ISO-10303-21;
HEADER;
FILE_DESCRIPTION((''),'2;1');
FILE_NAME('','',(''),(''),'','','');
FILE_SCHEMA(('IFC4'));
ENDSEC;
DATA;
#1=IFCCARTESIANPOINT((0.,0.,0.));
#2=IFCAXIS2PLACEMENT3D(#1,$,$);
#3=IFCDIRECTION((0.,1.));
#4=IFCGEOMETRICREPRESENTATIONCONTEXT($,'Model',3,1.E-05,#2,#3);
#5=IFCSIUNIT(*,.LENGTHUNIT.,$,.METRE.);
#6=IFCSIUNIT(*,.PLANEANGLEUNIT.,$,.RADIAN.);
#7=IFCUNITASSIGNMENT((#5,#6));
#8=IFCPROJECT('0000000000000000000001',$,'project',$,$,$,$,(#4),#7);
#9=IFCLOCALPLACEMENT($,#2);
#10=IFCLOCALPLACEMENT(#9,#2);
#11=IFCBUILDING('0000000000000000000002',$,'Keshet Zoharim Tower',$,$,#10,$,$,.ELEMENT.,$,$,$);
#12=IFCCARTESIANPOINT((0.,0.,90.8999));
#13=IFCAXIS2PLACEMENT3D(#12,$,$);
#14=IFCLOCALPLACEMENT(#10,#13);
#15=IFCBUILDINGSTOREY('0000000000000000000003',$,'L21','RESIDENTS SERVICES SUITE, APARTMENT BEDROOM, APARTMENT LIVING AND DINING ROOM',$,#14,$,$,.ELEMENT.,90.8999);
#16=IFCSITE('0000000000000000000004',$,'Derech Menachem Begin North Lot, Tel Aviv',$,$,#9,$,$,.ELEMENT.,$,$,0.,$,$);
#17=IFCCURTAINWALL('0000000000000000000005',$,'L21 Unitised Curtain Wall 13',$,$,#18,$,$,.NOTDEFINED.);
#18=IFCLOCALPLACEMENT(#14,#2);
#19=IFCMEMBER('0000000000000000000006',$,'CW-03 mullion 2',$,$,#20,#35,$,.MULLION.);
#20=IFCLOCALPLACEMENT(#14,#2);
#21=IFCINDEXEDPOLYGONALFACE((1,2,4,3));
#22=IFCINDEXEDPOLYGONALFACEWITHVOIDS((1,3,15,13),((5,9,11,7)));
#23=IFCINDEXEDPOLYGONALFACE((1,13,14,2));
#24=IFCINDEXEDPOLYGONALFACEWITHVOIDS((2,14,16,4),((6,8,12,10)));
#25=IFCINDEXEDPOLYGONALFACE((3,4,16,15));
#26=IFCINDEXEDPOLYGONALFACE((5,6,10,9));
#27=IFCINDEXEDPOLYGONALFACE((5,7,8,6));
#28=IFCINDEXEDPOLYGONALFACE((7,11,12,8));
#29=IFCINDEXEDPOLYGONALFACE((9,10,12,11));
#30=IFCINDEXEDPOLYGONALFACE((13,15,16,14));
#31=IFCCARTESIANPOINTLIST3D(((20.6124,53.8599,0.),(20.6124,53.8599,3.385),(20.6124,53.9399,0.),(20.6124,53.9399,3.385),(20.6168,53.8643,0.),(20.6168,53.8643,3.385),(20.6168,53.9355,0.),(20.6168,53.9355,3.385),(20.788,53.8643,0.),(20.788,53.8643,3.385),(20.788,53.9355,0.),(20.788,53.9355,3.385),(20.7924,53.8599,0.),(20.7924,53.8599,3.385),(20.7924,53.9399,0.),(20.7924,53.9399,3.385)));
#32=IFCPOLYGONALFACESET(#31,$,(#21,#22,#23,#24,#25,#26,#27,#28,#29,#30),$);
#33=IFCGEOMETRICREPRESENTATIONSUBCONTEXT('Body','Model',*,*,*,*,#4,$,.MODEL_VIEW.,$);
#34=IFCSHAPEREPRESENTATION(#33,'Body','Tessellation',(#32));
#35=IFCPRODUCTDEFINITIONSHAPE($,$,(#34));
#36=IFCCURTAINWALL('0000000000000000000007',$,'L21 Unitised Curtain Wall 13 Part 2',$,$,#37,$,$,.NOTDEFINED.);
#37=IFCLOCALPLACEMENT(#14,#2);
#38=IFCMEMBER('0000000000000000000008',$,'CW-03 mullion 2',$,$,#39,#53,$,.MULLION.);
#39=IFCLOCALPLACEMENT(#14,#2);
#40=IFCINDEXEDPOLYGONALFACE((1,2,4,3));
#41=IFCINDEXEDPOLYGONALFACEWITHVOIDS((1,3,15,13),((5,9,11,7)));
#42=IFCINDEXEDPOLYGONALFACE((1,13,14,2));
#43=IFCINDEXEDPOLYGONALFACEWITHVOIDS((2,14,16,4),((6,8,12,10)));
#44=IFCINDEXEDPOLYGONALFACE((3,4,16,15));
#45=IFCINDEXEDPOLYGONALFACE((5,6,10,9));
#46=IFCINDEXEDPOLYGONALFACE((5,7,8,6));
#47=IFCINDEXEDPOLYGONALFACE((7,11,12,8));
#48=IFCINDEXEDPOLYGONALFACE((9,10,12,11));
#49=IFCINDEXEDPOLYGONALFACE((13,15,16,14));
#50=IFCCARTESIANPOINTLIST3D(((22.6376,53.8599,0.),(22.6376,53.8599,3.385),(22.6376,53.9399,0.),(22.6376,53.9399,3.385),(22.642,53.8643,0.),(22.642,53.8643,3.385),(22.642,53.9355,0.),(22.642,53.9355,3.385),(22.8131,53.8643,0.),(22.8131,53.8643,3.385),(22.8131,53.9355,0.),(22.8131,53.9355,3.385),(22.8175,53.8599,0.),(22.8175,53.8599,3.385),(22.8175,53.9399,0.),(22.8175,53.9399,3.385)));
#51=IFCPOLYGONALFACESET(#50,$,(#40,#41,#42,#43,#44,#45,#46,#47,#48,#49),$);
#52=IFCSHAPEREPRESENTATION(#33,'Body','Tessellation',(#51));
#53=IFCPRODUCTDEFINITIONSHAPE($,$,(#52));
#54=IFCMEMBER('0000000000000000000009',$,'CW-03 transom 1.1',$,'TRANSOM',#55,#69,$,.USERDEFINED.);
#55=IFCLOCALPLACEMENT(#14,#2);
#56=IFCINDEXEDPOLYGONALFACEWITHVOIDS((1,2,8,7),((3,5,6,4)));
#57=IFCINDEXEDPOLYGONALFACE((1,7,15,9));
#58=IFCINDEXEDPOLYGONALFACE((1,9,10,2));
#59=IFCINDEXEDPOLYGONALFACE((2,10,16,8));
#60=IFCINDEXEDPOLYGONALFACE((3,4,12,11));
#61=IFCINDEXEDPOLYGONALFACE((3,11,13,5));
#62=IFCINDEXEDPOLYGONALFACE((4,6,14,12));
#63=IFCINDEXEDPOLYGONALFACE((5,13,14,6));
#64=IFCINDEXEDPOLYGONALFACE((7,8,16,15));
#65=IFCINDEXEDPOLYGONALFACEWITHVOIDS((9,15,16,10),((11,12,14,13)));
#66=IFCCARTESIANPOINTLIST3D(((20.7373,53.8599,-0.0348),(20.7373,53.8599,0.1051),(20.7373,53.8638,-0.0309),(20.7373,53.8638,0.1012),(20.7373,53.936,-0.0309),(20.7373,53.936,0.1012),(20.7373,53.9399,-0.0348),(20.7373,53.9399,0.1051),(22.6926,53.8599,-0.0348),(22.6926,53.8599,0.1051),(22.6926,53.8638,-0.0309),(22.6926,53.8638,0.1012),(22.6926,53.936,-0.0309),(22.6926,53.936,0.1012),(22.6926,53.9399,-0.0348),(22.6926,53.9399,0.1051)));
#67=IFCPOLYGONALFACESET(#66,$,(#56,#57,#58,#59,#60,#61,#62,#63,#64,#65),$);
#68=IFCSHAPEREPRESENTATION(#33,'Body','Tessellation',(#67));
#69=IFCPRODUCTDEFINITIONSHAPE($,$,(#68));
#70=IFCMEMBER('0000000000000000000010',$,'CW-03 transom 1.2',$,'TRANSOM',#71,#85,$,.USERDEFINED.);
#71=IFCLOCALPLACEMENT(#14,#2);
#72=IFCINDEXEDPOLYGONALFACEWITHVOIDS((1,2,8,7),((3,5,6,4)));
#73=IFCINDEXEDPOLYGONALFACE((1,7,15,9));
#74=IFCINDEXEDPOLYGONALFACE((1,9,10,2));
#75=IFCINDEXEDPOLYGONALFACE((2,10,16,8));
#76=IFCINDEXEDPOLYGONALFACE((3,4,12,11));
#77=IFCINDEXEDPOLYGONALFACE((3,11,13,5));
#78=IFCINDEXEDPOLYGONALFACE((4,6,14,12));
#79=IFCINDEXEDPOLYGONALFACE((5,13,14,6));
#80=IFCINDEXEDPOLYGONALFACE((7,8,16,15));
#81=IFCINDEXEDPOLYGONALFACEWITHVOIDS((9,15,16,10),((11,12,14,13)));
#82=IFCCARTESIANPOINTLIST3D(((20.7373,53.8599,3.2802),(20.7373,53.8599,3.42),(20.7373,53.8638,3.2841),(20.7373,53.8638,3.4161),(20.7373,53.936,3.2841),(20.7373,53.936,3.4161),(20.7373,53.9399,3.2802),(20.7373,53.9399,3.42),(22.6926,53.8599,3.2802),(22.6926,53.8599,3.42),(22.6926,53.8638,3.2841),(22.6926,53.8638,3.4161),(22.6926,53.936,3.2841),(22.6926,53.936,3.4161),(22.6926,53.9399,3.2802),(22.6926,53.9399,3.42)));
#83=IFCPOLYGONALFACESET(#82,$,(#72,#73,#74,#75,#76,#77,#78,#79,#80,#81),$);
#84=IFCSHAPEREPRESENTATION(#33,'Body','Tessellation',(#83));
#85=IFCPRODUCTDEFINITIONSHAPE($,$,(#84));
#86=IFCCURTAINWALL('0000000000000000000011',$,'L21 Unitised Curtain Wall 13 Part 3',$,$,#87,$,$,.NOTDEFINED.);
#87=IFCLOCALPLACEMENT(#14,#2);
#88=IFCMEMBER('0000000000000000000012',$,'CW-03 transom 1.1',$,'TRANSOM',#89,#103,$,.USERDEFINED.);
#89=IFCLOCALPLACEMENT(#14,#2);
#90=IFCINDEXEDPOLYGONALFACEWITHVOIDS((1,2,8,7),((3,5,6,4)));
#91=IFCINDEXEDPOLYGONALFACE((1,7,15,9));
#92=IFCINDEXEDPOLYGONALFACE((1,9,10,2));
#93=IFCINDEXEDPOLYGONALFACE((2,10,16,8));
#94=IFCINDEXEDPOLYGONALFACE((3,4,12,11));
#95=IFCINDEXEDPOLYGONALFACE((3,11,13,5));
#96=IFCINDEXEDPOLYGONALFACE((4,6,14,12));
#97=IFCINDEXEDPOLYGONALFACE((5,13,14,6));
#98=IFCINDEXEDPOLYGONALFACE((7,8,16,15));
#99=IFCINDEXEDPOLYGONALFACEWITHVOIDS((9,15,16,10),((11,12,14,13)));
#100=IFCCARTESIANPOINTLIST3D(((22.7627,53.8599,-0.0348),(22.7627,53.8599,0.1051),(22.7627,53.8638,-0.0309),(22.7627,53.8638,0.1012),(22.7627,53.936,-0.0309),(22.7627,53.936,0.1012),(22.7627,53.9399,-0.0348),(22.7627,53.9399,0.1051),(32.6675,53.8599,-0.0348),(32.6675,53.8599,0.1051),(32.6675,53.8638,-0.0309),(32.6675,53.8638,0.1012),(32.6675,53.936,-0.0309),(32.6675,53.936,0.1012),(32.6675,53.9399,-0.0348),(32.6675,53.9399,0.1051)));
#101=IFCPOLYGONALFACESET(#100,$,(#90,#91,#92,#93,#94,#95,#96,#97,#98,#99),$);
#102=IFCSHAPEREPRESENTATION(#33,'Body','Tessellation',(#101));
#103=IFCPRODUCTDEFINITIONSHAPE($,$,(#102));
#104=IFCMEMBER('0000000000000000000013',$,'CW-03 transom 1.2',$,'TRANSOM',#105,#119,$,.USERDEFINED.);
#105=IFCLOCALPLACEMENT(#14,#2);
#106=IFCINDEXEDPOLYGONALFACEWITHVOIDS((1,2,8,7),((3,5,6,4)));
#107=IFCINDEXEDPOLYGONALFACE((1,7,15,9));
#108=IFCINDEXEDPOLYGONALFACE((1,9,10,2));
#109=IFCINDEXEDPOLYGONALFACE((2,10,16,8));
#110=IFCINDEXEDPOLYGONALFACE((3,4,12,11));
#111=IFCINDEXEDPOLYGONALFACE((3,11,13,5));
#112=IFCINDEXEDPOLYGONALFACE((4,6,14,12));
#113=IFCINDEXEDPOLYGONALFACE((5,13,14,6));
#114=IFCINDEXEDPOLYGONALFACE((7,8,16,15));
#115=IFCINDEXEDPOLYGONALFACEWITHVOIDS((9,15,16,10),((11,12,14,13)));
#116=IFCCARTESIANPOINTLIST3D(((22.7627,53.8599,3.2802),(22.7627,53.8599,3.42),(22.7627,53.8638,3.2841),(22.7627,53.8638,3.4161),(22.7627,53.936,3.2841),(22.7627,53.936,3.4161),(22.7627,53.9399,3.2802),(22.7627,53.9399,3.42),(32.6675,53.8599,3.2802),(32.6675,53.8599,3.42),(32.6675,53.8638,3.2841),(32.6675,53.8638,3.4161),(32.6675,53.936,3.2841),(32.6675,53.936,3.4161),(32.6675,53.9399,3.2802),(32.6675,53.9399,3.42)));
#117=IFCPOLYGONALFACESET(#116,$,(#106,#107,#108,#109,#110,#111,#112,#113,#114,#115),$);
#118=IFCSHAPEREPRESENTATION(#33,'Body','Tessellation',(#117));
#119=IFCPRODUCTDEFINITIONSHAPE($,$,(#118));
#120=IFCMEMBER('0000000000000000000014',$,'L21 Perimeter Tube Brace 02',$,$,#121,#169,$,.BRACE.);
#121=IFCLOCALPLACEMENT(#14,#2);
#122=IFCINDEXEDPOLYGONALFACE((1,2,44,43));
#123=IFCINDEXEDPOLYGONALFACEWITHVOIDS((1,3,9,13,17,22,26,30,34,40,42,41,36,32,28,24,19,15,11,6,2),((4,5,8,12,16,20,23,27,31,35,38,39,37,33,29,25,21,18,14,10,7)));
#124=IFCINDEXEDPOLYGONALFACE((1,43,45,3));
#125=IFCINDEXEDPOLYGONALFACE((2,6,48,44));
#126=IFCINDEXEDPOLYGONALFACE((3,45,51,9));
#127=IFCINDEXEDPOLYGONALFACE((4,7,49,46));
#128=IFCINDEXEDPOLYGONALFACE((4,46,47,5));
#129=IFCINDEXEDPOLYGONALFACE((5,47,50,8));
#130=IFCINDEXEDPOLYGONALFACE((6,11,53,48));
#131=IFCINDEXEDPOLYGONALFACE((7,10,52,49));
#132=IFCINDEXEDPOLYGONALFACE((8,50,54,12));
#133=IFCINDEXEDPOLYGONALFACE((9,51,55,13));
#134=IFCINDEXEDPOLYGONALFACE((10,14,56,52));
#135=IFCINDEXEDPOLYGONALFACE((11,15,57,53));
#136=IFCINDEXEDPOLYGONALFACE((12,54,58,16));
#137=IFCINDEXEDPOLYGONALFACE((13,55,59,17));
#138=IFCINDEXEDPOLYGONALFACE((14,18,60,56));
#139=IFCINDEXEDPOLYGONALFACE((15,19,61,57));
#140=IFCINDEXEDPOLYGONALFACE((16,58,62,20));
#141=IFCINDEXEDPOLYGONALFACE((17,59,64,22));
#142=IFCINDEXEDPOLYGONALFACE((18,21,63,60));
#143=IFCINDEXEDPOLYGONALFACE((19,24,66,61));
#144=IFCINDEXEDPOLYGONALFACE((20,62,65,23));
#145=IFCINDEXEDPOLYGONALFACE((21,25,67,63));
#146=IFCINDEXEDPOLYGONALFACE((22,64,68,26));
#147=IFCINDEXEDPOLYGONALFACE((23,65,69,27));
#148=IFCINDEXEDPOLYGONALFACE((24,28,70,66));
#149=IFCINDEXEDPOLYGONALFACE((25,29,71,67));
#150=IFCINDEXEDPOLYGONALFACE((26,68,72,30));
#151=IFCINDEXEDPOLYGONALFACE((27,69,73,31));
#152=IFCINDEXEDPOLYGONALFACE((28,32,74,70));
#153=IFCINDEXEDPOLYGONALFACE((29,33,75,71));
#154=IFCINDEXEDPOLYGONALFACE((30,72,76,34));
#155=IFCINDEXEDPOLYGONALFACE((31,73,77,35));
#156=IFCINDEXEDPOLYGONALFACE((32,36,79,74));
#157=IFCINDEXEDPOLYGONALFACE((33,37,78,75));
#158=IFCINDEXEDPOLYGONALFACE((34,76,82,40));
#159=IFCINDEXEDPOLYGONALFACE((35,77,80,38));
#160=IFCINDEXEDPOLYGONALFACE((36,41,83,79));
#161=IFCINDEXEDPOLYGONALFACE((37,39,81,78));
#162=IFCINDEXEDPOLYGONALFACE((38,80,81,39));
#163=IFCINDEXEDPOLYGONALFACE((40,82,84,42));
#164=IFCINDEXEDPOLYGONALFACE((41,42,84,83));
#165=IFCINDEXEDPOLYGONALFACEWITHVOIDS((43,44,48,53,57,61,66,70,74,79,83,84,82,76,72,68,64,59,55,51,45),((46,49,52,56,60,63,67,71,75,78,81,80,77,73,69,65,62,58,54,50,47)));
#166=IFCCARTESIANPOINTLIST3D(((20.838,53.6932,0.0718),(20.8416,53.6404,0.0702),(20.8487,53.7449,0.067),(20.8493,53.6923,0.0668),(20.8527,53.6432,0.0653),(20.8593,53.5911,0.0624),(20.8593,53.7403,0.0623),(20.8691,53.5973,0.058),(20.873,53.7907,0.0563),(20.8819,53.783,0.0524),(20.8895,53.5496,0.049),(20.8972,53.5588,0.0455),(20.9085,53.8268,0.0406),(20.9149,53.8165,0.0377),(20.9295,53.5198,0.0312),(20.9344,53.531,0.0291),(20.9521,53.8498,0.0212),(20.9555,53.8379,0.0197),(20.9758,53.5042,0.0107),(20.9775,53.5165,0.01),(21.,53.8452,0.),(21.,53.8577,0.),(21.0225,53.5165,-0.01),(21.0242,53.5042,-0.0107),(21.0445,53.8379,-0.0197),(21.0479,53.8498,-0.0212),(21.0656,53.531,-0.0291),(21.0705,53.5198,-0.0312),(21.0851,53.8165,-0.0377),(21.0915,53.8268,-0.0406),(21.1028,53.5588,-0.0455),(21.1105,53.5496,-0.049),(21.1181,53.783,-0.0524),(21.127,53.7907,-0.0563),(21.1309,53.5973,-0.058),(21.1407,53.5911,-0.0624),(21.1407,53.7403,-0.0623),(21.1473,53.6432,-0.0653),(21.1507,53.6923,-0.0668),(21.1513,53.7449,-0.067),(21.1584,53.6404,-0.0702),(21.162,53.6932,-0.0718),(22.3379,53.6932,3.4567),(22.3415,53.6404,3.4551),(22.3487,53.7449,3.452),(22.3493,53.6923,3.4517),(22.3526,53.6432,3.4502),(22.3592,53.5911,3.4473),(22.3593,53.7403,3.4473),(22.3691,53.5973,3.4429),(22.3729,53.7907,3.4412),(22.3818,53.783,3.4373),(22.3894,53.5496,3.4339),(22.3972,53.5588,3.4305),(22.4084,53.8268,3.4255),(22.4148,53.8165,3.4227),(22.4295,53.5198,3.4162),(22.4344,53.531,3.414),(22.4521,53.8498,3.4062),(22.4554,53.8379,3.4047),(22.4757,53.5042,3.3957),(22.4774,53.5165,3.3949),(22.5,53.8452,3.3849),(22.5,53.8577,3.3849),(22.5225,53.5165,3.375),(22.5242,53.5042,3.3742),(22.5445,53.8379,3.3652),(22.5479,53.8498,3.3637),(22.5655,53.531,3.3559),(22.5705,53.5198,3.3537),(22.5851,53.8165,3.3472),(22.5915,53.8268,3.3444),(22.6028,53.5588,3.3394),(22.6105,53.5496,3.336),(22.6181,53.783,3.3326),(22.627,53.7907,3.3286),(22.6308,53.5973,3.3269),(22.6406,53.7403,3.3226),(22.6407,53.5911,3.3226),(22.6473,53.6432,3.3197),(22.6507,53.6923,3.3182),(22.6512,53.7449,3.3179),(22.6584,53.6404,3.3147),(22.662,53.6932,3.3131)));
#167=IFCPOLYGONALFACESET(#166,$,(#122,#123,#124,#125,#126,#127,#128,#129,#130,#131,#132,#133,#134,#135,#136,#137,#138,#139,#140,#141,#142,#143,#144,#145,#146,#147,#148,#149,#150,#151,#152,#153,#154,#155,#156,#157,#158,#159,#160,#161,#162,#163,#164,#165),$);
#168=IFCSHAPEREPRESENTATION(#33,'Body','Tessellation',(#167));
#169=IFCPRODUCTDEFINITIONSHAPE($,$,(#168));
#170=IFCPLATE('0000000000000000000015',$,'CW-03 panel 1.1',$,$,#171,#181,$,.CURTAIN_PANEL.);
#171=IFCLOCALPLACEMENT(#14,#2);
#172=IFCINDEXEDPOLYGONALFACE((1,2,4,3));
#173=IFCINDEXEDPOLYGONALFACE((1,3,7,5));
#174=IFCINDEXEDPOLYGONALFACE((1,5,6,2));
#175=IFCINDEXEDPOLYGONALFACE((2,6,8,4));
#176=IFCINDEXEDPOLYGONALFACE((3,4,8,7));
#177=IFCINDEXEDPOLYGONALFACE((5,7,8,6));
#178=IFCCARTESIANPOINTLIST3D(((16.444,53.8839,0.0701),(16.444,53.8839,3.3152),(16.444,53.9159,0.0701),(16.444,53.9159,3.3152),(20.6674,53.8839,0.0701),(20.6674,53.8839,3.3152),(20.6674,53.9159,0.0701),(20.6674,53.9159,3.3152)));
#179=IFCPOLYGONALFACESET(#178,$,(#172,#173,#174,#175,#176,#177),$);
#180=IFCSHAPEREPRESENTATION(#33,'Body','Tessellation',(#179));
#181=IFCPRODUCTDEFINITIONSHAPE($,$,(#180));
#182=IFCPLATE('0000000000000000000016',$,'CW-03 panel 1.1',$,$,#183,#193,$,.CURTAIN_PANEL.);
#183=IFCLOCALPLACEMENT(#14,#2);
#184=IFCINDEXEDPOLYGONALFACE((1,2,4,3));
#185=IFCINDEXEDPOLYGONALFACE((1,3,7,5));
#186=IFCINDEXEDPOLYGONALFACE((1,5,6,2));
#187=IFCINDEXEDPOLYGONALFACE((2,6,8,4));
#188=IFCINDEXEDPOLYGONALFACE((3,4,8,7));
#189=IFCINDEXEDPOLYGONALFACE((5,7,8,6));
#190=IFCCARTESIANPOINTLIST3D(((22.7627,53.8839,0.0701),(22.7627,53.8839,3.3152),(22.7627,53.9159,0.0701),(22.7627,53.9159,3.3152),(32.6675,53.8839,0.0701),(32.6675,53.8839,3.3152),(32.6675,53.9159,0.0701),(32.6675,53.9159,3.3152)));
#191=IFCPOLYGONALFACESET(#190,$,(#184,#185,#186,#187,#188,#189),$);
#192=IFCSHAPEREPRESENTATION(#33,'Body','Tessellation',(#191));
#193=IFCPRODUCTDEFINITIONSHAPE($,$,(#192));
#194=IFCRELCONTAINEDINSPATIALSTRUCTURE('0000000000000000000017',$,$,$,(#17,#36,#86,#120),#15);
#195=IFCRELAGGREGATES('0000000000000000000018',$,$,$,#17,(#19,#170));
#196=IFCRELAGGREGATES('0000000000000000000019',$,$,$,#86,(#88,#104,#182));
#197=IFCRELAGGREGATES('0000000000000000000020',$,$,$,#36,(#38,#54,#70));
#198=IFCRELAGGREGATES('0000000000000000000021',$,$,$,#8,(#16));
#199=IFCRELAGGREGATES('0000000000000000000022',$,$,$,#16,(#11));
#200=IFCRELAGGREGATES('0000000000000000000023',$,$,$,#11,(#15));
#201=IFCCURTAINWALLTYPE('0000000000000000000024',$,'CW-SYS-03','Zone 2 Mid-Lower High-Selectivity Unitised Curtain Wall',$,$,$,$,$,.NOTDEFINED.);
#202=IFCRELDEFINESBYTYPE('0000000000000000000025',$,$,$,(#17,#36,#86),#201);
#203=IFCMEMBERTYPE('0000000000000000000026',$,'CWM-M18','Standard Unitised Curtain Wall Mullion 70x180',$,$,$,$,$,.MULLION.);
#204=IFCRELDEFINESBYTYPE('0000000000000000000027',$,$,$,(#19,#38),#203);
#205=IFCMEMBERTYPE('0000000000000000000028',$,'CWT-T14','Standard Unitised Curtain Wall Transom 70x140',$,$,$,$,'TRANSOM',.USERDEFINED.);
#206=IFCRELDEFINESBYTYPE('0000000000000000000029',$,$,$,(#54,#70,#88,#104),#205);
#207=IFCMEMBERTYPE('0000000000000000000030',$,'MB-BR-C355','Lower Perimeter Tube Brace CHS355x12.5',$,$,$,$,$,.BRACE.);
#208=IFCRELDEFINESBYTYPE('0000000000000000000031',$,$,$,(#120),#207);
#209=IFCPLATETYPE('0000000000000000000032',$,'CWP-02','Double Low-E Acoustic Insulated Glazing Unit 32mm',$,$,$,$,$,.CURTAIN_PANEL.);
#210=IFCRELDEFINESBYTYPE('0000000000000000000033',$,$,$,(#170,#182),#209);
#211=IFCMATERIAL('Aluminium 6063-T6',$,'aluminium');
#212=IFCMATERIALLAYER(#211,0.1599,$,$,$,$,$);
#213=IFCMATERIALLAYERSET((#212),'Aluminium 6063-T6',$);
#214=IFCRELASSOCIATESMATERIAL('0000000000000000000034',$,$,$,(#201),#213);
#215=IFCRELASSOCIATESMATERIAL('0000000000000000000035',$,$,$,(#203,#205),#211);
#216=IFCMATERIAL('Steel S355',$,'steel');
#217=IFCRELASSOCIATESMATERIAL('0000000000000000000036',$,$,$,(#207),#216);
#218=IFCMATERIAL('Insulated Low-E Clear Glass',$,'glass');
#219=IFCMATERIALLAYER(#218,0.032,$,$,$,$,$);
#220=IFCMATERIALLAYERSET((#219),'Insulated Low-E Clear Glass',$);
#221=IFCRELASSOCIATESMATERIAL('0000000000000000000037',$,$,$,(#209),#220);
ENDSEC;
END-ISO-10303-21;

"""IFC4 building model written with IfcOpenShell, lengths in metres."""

from ifc_helpers import new_model, si_unit, direction, frame, origin, origin_2d, place, context, subcontext, project, spatial, rectangle, hollow_rectangle, hollow_circle, extrude, material, layer, layer_set, material_profile, profile_set, type_object, element, aggregate, save


model = new_model("IFC4")

# Units and contexts
model_context = context("Model", 3, precision=1e-05, world=origin(), true_north=direction((0.0, 1.0)))
body_context = subcontext(model_context, "Body", "Model", "MODEL_VIEW")
ifc_project = project(units=[si_unit("LENGTHUNIT", "METRE"), si_unit("PLANEANGLEUNIT", "RADIAN")], contexts=[model_context])

# Site, building, storey
site_placement = place(None, origin())
site = spatial("IfcSite", under=ifc_project, at=site_placement, Name="Derech Menachem Begin North Lot, Tel Aviv", CompositionType="ELEMENT", RefElevation=0.0)
building_placement = place(site_placement, origin())
building = spatial("IfcBuilding", under=site, at=building_placement, Name="Keshet Zoharim Tower", CompositionType="ELEMENT")
storey_placement = place(building_placement, frame((0.0, 0.0, 90.8999)))
storey = spatial("IfcBuildingStorey", under=building, at=storey_placement, Name="L21", Description="RESIDENTS SERVICES SUITE, APARTMENT BEDROOM, APARTMENT LIVING AND DINING ROOM", CompositionType="ELEMENT", Elevation=90.8999)

# Shared definitions
ifc_material_1 = material(Name="Steel S355", Category="steel")

# Curtain wall, member
ifc_material_2 = material(Name="Aluminium 6063-T6", Category="aluminium")
ifc_layer_1 = layer(ifc_material_2, 0.1599)
ifc_layer_set_1 = layer_set([ifc_layer_1], Name="Aluminium 6063-T6")
curtain_wall_type = type_object("IfcCurtainWallType", Name="CW-SYS-03", Description="Zone 2 Mid-Lower High-Selectivity Unitised Curtain Wall", PredefinedType="NOTDEFINED", material=ifc_layer_set_1)
curtain_wall_1_placement = place(storey_placement, origin())
curtain_wall_1 = element("IfcCurtainWall", 1, at=curtain_wall_1_placement, inside=storey, type_object=curtain_wall_type, Name="L21 Unitised Curtain Wall 13", PredefinedType="NOTDEFINED")
ifc_material_profile_1 = material_profile(ifc_material_2, hollow_rectangle(XDim=0.0801, YDim=0.1799, WallThickness=0.0044, at=origin_2d()), Name="MUL-80x180")
ifc_profile_set_1 = profile_set([ifc_material_profile_1], Name="Aluminium 6063-T6")
member_type_1 = type_object("IfcMemberType", Name="CWM-M18", Description="Standard Unitised Curtain Wall Mullion 70x180", PredefinedType="MULLION", material=ifc_profile_set_1)
member_1_placement = place(storey_placement, frame((20.7024, 53.8999, 0.0), z_axis=(0.0, 0.0, 1.0), x_axis=(0.0, 1.0, 0.0)))
member_1 = element("IfcMember", 2, at=member_1_placement, type_object=member_type_1, Name="CW-03 mullion 2", PredefinedType="MULLION", context=body_context, shape_type="SweptSolid", body=[
    extrude(hollow_rectangle(XDim=0.0801, YDim=0.1799, WallThickness=0.0044, at=origin_2d()), origin(), (0.0, 0.0, 1.0), 3.385),
])

# Curtain walls, members
curtain_wall_2_placement = place(storey_placement, origin())
curtain_wall_2 = element("IfcCurtainWall", 3, at=curtain_wall_2_placement, inside=storey, type_object=curtain_wall_type, Name="L21 Unitised Curtain Wall 13 Part 2", PredefinedType="NOTDEFINED")
member_2_placement = place(storey_placement, frame((22.7275, 53.8999, 0.0), z_axis=(0.0, 0.0, 1.0), x_axis=(0.0, 1.0, 0.0)))
member_2 = element("IfcMember", 4, at=member_2_placement, type_object=member_type_1, Name="CW-03 mullion 2", PredefinedType="MULLION", context=body_context, shape_type="SweptSolid", body=[
    extrude(hollow_rectangle(XDim=0.0801, YDim=0.1799, WallThickness=0.0044, at=origin_2d()), origin(), (0.0, 0.0, 1.0), 3.385),
])
ifc_material_profile_2 = material_profile(ifc_material_2, hollow_rectangle(XDim=0.0801, YDim=0.1399, WallThickness=0.0039, at=origin_2d()), Name="TRN-80x140")
ifc_profile_set_2 = profile_set([ifc_material_profile_2], Name="Aluminium 6063-T6")
member_type_2 = type_object("IfcMemberType", Name="CWT-T14", Description="Standard Unitised Curtain Wall Transom 70x140", ElementType="TRANSOM", PredefinedType="USERDEFINED", material=ifc_profile_set_2)
member_3_placement = place(storey_placement, frame((20.7373, 53.8999, 0.0352), z_axis=(1.0, 0.0, 0.0), x_axis=(0.0, 1.0, 0.0)))
member_3 = element("IfcMember", 5, at=member_3_placement, type_object=member_type_2, Name="CW-03 transom 1.1", ObjectType="TRANSOM", PredefinedType="USERDEFINED", context=body_context, shape_type="SweptSolid", body=[
    extrude(hollow_rectangle(XDim=0.0801, YDim=0.1399, WallThickness=0.0039, at=origin_2d()), origin(), (0.0, 0.0, 1.0), 1.9553),
])
member_4_placement = place(storey_placement, frame((20.7373, 53.8999, 3.3501), z_axis=(1.0, 0.0, 0.0), x_axis=(0.0, 1.0, 0.0)))
member_4 = element("IfcMember", 6, at=member_4_placement, type_object=member_type_2, Name="CW-03 transom 1.2", ObjectType="TRANSOM", PredefinedType="USERDEFINED", context=body_context, shape_type="SweptSolid", body=[
    extrude(hollow_rectangle(XDim=0.0801, YDim=0.1399, WallThickness=0.0039, at=origin_2d()), origin(), (0.0, 0.0, 1.0), 1.9553),
])
curtain_wall_3_placement = place(storey_placement, origin())
curtain_wall_3 = element("IfcCurtainWall", 7, at=curtain_wall_3_placement, inside=storey, type_object=curtain_wall_type, Name="L21 Unitised Curtain Wall 13 Part 3", PredefinedType="NOTDEFINED")
member_5_placement = place(storey_placement, frame((22.7627, 53.8999, 0.0352), z_axis=(1.0, 0.0, 0.0), x_axis=(0.0, 1.0, 0.0)))
member_5 = element("IfcMember", 8, at=member_5_placement, type_object=member_type_2, Name="CW-03 transom 1.1", ObjectType="TRANSOM", PredefinedType="USERDEFINED", context=body_context, shape_type="SweptSolid", body=[
    extrude(hollow_rectangle(XDim=0.0801, YDim=0.1399, WallThickness=0.0039, at=origin_2d()), origin(), (0.0, 0.0, 1.0), 9.9048),
])
member_6_placement = place(storey_placement, frame((22.7627, 53.8999, 3.3501), z_axis=(1.0, 0.0, 0.0), x_axis=(0.0, 1.0, 0.0)))
member_6 = element("IfcMember", 9, at=member_6_placement, type_object=member_type_2, Name="CW-03 transom 1.2", ObjectType="TRANSOM", PredefinedType="USERDEFINED", context=body_context, shape_type="SweptSolid", body=[
    extrude(hollow_rectangle(XDim=0.0801, YDim=0.1399, WallThickness=0.0039, at=origin_2d()), origin(), (0.0, 0.0, 1.0), 9.9048),
])

# Member
ifc_material_profile_3 = material_profile(ifc_material_1, hollow_circle(Radius=0.1777, WallThickness=0.0125, at=origin_2d()), Name="CHS355x12.5")
ifc_profile_set_3 = profile_set([ifc_material_profile_3], Name="Steel S355")
member_type_3 = type_object("IfcMemberType", Name="MB-BR-C355", Description="Lower Perimeter Tube Brace CHS355x12.5", PredefinedType="BRACE", material=ifc_profile_set_3)
member_7_placement = place(storey_placement, frame((21.0, 53.6799, 0.0), z_axis=(0.405135, 0.0, 0.914257), x_axis=(0.0, 1.0, 0.0)))
element("IfcMember", 10, at=member_7_placement, inside=storey, type_object=member_type_3, Name="L21 Perimeter Tube Brace 02", PredefinedType="BRACE", context=body_context, shape_type="SweptSolid", body=[
    extrude(hollow_circle(Radius=0.1777, WallThickness=0.0125, at=origin_2d()), origin(), (0.0, 0.0, 1.0), 3.7024),
])

# Plates
ifc_material_3 = material(Name="Insulated Low-E Clear Glass", Category="glass")
ifc_layer_2 = layer(ifc_material_3, 0.032)
ifc_layer_set_2 = layer_set([ifc_layer_2], Name="Insulated Low-E Clear Glass")
plate_type_1 = type_object("IfcPlateType", Name="CWP-02", Description="Double Low-E Acoustic Insulated Glazing Unit 32mm", PredefinedType="CURTAIN_PANEL", material=ifc_layer_set_2)
plate_1_placement = place(storey_placement, frame((18.5557, 53.8999, 0.0701), z_axis=(0.0, 0.0, 1.0), x_axis=(1.0, 0.0, 0.0)))
plate_1 = element("IfcPlate", 11, at=plate_1_placement, type_object=plate_type_1, Name="CW-03 panel 1.1", PredefinedType="CURTAIN_PANEL", context=body_context, shape_type="SweptSolid", body=[
    extrude(rectangle(XDim=4.2234, YDim=0.032, at=origin_2d()), origin(), (0.0, 0.0, 1.0), 3.2451),
])
aggregate(curtain_wall_1, [member_1, plate_1])
plate_2_placement = place(storey_placement, frame((27.7151, 53.8999, 0.0701), z_axis=(0.0, 0.0, 1.0), x_axis=(1.0, 0.0, 0.0)))
plate_2 = element("IfcPlate", 12, at=plate_2_placement, type_object=plate_type_1, Name="CW-03 panel 1.1", PredefinedType="CURTAIN_PANEL", context=body_context, shape_type="SweptSolid", body=[
    extrude(rectangle(XDim=9.9048, YDim=0.032, at=origin_2d()), origin(), (0.0, 0.0, 1.0), 3.2451),
])
aggregate(curtain_wall_3, [member_5, member_6, plate_2])
aggregate(curtain_wall_2, [member_2, member_3, member_4])

save(model, "model.ifc")
